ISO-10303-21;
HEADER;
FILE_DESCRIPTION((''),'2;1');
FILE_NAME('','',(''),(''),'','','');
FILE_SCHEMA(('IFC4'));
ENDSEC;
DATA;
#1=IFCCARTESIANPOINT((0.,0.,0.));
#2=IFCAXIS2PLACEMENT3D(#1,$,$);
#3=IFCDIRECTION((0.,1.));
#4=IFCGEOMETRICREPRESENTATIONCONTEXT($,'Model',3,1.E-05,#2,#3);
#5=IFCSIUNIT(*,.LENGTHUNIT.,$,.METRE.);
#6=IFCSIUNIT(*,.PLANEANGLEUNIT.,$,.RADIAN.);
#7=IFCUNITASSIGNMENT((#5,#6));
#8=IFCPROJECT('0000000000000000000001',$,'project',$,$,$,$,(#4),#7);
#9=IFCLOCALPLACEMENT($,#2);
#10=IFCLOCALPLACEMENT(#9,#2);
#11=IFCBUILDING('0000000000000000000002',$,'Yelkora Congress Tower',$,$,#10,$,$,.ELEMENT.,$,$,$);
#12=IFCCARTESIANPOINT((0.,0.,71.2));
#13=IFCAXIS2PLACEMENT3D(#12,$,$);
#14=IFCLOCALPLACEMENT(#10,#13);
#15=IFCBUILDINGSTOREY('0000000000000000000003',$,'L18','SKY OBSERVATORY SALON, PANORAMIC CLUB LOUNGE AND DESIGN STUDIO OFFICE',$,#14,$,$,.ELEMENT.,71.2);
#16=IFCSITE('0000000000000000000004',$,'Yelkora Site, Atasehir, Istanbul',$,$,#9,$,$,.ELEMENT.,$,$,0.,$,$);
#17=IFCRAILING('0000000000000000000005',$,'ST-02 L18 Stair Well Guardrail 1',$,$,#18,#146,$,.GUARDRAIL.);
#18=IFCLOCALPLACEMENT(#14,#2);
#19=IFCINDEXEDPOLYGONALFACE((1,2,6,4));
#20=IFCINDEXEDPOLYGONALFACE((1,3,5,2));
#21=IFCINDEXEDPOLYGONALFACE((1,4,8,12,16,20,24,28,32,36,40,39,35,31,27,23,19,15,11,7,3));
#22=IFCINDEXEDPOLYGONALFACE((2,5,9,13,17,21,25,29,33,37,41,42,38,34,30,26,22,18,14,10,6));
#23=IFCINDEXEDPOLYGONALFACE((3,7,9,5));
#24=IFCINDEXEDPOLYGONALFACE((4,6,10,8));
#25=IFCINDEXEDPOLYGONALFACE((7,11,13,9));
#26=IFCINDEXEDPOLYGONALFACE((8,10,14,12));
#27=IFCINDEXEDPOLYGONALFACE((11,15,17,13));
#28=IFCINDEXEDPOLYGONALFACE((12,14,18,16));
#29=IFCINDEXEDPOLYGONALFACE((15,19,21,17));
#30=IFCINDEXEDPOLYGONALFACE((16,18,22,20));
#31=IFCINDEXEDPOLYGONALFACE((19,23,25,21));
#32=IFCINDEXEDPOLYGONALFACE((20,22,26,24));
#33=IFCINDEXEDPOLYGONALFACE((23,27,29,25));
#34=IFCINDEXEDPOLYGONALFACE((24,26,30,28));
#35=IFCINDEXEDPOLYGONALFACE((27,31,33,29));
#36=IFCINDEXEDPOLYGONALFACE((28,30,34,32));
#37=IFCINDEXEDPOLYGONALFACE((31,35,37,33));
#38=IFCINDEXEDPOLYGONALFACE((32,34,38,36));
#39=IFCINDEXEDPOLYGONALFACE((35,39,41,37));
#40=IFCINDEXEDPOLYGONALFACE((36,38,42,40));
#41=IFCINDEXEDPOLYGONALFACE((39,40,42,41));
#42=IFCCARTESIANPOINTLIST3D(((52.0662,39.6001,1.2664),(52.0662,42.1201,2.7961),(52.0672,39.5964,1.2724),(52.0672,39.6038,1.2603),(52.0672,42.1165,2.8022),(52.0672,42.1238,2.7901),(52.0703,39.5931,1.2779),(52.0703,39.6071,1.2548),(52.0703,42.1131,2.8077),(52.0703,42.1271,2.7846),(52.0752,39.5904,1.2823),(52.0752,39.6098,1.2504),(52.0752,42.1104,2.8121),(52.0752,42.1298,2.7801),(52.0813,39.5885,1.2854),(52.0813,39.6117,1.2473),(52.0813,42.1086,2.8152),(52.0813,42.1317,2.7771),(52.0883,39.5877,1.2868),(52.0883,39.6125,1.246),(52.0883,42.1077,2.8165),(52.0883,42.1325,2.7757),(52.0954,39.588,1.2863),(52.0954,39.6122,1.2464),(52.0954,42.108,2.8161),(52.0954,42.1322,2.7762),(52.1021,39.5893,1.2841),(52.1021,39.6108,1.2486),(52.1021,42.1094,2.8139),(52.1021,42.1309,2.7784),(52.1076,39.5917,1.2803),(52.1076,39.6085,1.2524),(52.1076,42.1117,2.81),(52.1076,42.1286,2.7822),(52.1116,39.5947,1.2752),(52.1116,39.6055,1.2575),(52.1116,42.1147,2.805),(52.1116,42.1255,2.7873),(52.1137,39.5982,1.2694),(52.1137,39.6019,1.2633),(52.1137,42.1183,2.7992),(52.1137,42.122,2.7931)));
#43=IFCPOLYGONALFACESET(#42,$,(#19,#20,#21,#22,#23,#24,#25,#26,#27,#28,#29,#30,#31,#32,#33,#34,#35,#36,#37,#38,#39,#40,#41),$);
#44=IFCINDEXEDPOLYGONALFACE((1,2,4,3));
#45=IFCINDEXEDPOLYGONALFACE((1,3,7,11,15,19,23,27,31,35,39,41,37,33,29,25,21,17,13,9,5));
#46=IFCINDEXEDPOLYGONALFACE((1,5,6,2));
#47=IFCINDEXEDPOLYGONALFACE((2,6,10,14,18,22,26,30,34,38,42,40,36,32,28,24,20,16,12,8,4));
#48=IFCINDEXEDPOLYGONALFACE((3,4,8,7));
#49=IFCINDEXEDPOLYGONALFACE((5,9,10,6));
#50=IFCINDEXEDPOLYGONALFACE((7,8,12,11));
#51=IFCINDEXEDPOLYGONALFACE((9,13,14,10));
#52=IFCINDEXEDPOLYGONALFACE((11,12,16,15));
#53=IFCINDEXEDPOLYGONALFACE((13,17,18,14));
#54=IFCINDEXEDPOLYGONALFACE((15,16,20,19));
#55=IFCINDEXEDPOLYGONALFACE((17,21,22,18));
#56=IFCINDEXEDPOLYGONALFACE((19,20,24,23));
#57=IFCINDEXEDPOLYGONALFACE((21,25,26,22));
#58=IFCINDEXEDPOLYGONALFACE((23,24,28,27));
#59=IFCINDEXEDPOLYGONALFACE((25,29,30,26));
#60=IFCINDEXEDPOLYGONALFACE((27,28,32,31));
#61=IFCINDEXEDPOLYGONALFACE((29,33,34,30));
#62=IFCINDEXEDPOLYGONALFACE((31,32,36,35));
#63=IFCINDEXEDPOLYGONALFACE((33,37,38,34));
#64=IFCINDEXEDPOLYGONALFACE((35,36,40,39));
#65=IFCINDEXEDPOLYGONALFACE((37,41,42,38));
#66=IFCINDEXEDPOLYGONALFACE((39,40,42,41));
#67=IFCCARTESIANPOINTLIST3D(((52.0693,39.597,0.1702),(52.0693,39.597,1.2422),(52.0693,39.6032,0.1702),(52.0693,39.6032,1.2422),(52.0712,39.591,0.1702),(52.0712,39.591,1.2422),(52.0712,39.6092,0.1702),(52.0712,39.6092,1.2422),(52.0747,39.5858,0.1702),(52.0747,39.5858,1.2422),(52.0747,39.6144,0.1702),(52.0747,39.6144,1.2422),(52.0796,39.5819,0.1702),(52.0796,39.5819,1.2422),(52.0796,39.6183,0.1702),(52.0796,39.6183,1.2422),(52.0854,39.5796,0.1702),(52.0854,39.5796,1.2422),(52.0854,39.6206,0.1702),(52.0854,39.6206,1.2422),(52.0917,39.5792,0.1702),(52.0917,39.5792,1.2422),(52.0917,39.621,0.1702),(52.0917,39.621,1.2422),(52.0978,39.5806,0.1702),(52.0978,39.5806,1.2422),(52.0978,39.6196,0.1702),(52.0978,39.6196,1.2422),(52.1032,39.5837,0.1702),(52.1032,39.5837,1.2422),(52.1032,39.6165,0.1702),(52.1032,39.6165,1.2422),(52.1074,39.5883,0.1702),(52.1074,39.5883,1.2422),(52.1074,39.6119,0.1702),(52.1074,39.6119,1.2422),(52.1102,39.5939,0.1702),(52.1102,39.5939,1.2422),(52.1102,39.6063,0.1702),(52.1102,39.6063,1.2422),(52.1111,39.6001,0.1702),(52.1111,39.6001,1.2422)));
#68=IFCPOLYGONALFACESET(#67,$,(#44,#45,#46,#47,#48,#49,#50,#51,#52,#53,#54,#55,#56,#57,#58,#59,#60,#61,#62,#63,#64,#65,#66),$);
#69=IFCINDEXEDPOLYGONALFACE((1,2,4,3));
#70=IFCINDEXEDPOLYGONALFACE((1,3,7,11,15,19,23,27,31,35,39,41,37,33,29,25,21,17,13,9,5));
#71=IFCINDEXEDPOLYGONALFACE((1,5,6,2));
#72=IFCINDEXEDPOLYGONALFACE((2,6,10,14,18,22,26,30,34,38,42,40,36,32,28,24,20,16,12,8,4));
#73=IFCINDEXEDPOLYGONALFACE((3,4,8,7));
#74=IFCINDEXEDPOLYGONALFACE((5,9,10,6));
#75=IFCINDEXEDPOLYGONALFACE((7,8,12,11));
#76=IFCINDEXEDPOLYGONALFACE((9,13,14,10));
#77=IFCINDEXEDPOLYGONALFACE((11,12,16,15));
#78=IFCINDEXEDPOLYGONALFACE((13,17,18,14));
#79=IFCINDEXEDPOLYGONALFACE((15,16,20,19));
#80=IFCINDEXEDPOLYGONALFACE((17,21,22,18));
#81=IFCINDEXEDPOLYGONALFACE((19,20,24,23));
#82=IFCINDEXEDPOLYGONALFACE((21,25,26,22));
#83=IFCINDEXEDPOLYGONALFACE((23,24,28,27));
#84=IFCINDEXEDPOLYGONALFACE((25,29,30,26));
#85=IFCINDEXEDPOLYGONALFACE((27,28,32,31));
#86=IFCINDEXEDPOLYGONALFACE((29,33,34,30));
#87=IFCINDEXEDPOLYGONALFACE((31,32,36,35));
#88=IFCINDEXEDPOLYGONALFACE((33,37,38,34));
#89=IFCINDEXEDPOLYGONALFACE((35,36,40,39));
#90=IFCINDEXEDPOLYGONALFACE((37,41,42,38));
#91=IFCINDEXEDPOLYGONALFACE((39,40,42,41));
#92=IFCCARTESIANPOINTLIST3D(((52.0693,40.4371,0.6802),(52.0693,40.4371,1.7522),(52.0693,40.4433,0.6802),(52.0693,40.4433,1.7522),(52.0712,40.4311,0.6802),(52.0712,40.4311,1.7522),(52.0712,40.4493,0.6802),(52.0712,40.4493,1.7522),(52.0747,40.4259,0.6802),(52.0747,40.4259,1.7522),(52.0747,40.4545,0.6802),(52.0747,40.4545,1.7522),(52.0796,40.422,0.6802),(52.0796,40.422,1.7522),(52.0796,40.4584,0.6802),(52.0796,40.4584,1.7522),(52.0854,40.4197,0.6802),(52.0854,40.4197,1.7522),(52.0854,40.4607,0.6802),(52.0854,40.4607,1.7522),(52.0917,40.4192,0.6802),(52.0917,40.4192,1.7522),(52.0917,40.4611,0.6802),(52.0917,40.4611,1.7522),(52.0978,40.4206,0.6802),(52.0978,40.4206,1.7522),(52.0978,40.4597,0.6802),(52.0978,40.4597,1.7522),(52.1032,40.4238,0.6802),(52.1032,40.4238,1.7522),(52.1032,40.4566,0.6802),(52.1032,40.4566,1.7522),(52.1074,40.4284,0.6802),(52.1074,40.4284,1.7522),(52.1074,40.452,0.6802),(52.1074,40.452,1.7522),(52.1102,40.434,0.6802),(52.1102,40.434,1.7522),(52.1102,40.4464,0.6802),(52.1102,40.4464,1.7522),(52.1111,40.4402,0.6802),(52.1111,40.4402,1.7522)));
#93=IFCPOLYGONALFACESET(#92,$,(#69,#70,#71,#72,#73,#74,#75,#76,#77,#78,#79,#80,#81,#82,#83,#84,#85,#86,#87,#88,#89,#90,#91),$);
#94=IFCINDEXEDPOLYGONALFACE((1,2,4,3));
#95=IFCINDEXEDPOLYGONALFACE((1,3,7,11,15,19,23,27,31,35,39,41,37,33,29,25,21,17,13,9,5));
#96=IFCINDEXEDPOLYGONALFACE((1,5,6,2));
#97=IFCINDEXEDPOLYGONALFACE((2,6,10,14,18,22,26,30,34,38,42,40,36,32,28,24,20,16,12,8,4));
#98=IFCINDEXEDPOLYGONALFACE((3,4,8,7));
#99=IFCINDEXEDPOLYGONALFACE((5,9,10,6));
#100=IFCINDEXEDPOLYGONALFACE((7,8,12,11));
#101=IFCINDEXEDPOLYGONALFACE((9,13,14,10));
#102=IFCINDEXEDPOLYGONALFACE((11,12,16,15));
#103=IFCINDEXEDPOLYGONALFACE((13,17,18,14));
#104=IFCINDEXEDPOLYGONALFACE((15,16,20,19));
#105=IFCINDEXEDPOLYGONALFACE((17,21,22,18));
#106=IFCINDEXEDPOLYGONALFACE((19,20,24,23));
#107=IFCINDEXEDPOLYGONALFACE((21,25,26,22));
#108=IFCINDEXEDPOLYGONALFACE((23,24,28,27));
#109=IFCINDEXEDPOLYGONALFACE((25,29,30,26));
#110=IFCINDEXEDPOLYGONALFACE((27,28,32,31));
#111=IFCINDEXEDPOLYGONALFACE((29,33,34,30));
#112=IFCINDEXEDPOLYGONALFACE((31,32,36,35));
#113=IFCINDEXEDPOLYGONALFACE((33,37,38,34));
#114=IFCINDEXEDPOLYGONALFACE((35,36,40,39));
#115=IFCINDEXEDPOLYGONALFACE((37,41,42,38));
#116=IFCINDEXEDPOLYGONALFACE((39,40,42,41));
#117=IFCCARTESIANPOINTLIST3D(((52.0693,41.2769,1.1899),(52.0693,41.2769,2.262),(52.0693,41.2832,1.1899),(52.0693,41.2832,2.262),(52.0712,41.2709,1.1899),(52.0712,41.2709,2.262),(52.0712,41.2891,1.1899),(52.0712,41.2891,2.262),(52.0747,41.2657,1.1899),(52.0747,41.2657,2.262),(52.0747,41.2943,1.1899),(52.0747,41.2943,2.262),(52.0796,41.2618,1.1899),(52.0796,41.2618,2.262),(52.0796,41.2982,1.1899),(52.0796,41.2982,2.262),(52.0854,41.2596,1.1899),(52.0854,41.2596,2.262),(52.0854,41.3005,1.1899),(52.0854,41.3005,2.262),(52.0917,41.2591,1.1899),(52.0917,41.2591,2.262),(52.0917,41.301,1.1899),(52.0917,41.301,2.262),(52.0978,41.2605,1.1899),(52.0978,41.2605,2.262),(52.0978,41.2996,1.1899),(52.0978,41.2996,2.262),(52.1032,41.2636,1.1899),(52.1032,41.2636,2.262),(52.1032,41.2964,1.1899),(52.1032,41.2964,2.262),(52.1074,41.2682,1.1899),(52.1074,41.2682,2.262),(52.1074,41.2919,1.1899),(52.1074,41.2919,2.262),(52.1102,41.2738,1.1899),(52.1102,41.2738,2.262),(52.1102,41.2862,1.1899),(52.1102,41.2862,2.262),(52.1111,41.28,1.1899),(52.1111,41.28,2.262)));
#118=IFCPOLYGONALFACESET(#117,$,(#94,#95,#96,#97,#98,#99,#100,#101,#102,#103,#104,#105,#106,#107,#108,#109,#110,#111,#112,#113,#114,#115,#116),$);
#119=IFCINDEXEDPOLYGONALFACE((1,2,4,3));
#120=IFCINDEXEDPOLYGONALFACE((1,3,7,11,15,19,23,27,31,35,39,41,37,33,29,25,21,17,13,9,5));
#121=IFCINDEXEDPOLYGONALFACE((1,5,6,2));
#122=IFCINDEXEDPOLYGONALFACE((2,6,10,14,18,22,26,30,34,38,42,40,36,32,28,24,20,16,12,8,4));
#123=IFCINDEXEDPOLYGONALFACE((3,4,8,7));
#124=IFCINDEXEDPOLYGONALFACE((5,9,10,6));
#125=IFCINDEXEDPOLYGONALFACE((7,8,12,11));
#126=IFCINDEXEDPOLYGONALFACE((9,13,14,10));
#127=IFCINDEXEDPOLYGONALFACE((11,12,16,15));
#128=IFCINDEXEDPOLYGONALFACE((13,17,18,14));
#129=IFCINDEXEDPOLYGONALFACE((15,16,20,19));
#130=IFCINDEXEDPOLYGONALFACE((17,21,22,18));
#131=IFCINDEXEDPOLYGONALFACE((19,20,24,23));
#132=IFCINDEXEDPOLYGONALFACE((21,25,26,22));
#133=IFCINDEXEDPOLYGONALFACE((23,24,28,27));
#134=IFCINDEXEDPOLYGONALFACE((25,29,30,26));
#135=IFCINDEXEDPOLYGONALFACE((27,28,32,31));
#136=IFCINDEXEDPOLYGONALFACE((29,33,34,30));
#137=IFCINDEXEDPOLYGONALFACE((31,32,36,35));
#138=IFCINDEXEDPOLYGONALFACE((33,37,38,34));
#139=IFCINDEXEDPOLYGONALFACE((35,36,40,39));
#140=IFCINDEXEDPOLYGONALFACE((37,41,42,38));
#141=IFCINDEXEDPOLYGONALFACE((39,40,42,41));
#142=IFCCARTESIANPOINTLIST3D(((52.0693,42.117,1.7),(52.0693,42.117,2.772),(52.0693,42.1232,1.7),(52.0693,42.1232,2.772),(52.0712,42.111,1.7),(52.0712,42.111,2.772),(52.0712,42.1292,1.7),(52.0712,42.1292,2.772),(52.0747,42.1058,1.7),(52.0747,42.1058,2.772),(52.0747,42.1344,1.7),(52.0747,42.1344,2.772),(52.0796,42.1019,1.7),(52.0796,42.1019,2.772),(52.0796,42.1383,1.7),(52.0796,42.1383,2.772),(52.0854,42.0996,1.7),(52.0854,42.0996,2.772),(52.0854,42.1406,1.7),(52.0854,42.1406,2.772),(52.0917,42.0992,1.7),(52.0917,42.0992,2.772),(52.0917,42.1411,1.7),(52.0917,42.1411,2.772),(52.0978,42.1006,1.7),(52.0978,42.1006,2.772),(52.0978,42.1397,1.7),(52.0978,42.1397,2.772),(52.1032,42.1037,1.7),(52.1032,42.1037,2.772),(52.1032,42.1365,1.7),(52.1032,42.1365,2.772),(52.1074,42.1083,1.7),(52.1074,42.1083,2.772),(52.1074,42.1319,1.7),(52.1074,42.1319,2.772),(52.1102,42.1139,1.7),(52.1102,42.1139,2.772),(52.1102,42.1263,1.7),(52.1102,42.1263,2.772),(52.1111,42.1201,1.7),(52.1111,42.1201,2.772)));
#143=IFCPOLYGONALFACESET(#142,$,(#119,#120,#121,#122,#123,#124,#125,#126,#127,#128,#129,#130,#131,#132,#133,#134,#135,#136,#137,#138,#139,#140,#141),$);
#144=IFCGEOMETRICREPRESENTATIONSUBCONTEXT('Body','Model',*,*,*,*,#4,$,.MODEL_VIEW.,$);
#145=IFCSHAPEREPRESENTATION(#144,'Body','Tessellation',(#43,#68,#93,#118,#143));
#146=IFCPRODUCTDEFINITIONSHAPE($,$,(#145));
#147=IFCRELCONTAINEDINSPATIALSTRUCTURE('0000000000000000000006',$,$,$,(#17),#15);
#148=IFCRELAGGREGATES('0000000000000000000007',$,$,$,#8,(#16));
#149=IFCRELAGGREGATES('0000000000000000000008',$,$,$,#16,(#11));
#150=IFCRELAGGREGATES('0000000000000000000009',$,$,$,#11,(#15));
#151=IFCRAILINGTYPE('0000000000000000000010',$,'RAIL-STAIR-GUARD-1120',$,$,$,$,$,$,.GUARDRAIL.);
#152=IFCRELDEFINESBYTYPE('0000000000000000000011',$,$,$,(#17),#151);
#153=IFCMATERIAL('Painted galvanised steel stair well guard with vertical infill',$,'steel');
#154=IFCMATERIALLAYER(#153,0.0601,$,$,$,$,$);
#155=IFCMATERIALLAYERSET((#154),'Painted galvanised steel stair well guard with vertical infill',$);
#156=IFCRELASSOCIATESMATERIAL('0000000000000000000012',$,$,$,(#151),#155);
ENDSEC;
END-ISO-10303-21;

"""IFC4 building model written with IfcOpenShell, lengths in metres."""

from ifc_helpers import new_model, si_unit, direction, frame, origin, origin_2d, place, context, subcontext, project, spatial, circle, extrude, material, layer, layer_set, type_object, element, save


model = new_model("IFC4")

# Units and contexts
model_context = context("Model", 3, precision=1e-05, world=origin(), true_north=direction((0.0, 1.0)))
body_context = subcontext(model_context, "Body", "Model", "MODEL_VIEW")
ifc_project = project(units=[si_unit("LENGTHUNIT", "METRE"), si_unit("PLANEANGLEUNIT", "RADIAN")], contexts=[model_context])

# Site, building, storey
site_placement = place(None, origin())
site = spatial("IfcSite", under=ifc_project, at=site_placement, Name="Yelkora Site, Atasehir, Istanbul", CompositionType="ELEMENT", RefElevation=0.0)
building_placement = place(site_placement, origin())
building = spatial("IfcBuilding", under=site, at=building_placement, Name="Yelkora Congress Tower", CompositionType="ELEMENT")
storey_placement = place(building_placement, frame((0.0, 0.0, 71.2)))
storey = spatial("IfcBuildingStorey", under=building, at=storey_placement, Name="L18", Description="SKY OBSERVATORY SALON, PANORAMIC CLUB LOUNGE AND DESIGN STUDIO OFFICE", CompositionType="ELEMENT", Elevation=71.2)

# Railing
ifc_material_1 = material(Name="Painted galvanised steel stair well guard with vertical infill", Category="steel")
ifc_layer_1 = layer(ifc_material_1, 0.0601)
ifc_layer_set_1 = layer_set([ifc_layer_1], Name="Painted galvanised steel stair well guard with vertical infill")
railing_type_1 = type_object("IfcRailingType", Name="RAIL-STAIR-GUARD-1120", PredefinedType="GUARDRAIL", material=ifc_layer_set_1)
railing_1_placement = place(storey_placement, frame((52.0901, 39.6001, 0.1702)))
element("IfcRailing", 1, at=railing_1_placement, inside=storey, type_object=railing_type_1, Name="ST-02 L18 Stair Well Guardrail 1", PredefinedType="GUARDRAIL", context=body_context, shape_type="SweptSolid", body=[
    extrude(circle(Radius=0.0239, at=origin_2d()), frame((0.0, 0.0, 1.0962), z_axis=(0.0, 0.854822, 0.518922), x_axis=(-1.0, 0.0, 0.0)), (0.0, 0.0, 1.0), 2.948),
    extrude(circle(Radius=0.021, at=origin_2d()), origin(), (0.0, 0.0, 1.0), 1.072),
    extrude(circle(Radius=0.021, at=origin_2d()), frame((0.0, 0.8401, 0.51)), (0.0, 0.0, 1.0), 1.072),
    extrude(circle(Radius=0.021, at=origin_2d()), frame((0.0, 1.6799, 1.0198)), (0.0, 0.0, 1.0), 1.072),
    extrude(circle(Radius=0.021, at=origin_2d()), frame((0.0, 2.52, 1.5298)), (0.0, 0.0, 1.0), 1.072),
])

save(model, "model.ifc")
